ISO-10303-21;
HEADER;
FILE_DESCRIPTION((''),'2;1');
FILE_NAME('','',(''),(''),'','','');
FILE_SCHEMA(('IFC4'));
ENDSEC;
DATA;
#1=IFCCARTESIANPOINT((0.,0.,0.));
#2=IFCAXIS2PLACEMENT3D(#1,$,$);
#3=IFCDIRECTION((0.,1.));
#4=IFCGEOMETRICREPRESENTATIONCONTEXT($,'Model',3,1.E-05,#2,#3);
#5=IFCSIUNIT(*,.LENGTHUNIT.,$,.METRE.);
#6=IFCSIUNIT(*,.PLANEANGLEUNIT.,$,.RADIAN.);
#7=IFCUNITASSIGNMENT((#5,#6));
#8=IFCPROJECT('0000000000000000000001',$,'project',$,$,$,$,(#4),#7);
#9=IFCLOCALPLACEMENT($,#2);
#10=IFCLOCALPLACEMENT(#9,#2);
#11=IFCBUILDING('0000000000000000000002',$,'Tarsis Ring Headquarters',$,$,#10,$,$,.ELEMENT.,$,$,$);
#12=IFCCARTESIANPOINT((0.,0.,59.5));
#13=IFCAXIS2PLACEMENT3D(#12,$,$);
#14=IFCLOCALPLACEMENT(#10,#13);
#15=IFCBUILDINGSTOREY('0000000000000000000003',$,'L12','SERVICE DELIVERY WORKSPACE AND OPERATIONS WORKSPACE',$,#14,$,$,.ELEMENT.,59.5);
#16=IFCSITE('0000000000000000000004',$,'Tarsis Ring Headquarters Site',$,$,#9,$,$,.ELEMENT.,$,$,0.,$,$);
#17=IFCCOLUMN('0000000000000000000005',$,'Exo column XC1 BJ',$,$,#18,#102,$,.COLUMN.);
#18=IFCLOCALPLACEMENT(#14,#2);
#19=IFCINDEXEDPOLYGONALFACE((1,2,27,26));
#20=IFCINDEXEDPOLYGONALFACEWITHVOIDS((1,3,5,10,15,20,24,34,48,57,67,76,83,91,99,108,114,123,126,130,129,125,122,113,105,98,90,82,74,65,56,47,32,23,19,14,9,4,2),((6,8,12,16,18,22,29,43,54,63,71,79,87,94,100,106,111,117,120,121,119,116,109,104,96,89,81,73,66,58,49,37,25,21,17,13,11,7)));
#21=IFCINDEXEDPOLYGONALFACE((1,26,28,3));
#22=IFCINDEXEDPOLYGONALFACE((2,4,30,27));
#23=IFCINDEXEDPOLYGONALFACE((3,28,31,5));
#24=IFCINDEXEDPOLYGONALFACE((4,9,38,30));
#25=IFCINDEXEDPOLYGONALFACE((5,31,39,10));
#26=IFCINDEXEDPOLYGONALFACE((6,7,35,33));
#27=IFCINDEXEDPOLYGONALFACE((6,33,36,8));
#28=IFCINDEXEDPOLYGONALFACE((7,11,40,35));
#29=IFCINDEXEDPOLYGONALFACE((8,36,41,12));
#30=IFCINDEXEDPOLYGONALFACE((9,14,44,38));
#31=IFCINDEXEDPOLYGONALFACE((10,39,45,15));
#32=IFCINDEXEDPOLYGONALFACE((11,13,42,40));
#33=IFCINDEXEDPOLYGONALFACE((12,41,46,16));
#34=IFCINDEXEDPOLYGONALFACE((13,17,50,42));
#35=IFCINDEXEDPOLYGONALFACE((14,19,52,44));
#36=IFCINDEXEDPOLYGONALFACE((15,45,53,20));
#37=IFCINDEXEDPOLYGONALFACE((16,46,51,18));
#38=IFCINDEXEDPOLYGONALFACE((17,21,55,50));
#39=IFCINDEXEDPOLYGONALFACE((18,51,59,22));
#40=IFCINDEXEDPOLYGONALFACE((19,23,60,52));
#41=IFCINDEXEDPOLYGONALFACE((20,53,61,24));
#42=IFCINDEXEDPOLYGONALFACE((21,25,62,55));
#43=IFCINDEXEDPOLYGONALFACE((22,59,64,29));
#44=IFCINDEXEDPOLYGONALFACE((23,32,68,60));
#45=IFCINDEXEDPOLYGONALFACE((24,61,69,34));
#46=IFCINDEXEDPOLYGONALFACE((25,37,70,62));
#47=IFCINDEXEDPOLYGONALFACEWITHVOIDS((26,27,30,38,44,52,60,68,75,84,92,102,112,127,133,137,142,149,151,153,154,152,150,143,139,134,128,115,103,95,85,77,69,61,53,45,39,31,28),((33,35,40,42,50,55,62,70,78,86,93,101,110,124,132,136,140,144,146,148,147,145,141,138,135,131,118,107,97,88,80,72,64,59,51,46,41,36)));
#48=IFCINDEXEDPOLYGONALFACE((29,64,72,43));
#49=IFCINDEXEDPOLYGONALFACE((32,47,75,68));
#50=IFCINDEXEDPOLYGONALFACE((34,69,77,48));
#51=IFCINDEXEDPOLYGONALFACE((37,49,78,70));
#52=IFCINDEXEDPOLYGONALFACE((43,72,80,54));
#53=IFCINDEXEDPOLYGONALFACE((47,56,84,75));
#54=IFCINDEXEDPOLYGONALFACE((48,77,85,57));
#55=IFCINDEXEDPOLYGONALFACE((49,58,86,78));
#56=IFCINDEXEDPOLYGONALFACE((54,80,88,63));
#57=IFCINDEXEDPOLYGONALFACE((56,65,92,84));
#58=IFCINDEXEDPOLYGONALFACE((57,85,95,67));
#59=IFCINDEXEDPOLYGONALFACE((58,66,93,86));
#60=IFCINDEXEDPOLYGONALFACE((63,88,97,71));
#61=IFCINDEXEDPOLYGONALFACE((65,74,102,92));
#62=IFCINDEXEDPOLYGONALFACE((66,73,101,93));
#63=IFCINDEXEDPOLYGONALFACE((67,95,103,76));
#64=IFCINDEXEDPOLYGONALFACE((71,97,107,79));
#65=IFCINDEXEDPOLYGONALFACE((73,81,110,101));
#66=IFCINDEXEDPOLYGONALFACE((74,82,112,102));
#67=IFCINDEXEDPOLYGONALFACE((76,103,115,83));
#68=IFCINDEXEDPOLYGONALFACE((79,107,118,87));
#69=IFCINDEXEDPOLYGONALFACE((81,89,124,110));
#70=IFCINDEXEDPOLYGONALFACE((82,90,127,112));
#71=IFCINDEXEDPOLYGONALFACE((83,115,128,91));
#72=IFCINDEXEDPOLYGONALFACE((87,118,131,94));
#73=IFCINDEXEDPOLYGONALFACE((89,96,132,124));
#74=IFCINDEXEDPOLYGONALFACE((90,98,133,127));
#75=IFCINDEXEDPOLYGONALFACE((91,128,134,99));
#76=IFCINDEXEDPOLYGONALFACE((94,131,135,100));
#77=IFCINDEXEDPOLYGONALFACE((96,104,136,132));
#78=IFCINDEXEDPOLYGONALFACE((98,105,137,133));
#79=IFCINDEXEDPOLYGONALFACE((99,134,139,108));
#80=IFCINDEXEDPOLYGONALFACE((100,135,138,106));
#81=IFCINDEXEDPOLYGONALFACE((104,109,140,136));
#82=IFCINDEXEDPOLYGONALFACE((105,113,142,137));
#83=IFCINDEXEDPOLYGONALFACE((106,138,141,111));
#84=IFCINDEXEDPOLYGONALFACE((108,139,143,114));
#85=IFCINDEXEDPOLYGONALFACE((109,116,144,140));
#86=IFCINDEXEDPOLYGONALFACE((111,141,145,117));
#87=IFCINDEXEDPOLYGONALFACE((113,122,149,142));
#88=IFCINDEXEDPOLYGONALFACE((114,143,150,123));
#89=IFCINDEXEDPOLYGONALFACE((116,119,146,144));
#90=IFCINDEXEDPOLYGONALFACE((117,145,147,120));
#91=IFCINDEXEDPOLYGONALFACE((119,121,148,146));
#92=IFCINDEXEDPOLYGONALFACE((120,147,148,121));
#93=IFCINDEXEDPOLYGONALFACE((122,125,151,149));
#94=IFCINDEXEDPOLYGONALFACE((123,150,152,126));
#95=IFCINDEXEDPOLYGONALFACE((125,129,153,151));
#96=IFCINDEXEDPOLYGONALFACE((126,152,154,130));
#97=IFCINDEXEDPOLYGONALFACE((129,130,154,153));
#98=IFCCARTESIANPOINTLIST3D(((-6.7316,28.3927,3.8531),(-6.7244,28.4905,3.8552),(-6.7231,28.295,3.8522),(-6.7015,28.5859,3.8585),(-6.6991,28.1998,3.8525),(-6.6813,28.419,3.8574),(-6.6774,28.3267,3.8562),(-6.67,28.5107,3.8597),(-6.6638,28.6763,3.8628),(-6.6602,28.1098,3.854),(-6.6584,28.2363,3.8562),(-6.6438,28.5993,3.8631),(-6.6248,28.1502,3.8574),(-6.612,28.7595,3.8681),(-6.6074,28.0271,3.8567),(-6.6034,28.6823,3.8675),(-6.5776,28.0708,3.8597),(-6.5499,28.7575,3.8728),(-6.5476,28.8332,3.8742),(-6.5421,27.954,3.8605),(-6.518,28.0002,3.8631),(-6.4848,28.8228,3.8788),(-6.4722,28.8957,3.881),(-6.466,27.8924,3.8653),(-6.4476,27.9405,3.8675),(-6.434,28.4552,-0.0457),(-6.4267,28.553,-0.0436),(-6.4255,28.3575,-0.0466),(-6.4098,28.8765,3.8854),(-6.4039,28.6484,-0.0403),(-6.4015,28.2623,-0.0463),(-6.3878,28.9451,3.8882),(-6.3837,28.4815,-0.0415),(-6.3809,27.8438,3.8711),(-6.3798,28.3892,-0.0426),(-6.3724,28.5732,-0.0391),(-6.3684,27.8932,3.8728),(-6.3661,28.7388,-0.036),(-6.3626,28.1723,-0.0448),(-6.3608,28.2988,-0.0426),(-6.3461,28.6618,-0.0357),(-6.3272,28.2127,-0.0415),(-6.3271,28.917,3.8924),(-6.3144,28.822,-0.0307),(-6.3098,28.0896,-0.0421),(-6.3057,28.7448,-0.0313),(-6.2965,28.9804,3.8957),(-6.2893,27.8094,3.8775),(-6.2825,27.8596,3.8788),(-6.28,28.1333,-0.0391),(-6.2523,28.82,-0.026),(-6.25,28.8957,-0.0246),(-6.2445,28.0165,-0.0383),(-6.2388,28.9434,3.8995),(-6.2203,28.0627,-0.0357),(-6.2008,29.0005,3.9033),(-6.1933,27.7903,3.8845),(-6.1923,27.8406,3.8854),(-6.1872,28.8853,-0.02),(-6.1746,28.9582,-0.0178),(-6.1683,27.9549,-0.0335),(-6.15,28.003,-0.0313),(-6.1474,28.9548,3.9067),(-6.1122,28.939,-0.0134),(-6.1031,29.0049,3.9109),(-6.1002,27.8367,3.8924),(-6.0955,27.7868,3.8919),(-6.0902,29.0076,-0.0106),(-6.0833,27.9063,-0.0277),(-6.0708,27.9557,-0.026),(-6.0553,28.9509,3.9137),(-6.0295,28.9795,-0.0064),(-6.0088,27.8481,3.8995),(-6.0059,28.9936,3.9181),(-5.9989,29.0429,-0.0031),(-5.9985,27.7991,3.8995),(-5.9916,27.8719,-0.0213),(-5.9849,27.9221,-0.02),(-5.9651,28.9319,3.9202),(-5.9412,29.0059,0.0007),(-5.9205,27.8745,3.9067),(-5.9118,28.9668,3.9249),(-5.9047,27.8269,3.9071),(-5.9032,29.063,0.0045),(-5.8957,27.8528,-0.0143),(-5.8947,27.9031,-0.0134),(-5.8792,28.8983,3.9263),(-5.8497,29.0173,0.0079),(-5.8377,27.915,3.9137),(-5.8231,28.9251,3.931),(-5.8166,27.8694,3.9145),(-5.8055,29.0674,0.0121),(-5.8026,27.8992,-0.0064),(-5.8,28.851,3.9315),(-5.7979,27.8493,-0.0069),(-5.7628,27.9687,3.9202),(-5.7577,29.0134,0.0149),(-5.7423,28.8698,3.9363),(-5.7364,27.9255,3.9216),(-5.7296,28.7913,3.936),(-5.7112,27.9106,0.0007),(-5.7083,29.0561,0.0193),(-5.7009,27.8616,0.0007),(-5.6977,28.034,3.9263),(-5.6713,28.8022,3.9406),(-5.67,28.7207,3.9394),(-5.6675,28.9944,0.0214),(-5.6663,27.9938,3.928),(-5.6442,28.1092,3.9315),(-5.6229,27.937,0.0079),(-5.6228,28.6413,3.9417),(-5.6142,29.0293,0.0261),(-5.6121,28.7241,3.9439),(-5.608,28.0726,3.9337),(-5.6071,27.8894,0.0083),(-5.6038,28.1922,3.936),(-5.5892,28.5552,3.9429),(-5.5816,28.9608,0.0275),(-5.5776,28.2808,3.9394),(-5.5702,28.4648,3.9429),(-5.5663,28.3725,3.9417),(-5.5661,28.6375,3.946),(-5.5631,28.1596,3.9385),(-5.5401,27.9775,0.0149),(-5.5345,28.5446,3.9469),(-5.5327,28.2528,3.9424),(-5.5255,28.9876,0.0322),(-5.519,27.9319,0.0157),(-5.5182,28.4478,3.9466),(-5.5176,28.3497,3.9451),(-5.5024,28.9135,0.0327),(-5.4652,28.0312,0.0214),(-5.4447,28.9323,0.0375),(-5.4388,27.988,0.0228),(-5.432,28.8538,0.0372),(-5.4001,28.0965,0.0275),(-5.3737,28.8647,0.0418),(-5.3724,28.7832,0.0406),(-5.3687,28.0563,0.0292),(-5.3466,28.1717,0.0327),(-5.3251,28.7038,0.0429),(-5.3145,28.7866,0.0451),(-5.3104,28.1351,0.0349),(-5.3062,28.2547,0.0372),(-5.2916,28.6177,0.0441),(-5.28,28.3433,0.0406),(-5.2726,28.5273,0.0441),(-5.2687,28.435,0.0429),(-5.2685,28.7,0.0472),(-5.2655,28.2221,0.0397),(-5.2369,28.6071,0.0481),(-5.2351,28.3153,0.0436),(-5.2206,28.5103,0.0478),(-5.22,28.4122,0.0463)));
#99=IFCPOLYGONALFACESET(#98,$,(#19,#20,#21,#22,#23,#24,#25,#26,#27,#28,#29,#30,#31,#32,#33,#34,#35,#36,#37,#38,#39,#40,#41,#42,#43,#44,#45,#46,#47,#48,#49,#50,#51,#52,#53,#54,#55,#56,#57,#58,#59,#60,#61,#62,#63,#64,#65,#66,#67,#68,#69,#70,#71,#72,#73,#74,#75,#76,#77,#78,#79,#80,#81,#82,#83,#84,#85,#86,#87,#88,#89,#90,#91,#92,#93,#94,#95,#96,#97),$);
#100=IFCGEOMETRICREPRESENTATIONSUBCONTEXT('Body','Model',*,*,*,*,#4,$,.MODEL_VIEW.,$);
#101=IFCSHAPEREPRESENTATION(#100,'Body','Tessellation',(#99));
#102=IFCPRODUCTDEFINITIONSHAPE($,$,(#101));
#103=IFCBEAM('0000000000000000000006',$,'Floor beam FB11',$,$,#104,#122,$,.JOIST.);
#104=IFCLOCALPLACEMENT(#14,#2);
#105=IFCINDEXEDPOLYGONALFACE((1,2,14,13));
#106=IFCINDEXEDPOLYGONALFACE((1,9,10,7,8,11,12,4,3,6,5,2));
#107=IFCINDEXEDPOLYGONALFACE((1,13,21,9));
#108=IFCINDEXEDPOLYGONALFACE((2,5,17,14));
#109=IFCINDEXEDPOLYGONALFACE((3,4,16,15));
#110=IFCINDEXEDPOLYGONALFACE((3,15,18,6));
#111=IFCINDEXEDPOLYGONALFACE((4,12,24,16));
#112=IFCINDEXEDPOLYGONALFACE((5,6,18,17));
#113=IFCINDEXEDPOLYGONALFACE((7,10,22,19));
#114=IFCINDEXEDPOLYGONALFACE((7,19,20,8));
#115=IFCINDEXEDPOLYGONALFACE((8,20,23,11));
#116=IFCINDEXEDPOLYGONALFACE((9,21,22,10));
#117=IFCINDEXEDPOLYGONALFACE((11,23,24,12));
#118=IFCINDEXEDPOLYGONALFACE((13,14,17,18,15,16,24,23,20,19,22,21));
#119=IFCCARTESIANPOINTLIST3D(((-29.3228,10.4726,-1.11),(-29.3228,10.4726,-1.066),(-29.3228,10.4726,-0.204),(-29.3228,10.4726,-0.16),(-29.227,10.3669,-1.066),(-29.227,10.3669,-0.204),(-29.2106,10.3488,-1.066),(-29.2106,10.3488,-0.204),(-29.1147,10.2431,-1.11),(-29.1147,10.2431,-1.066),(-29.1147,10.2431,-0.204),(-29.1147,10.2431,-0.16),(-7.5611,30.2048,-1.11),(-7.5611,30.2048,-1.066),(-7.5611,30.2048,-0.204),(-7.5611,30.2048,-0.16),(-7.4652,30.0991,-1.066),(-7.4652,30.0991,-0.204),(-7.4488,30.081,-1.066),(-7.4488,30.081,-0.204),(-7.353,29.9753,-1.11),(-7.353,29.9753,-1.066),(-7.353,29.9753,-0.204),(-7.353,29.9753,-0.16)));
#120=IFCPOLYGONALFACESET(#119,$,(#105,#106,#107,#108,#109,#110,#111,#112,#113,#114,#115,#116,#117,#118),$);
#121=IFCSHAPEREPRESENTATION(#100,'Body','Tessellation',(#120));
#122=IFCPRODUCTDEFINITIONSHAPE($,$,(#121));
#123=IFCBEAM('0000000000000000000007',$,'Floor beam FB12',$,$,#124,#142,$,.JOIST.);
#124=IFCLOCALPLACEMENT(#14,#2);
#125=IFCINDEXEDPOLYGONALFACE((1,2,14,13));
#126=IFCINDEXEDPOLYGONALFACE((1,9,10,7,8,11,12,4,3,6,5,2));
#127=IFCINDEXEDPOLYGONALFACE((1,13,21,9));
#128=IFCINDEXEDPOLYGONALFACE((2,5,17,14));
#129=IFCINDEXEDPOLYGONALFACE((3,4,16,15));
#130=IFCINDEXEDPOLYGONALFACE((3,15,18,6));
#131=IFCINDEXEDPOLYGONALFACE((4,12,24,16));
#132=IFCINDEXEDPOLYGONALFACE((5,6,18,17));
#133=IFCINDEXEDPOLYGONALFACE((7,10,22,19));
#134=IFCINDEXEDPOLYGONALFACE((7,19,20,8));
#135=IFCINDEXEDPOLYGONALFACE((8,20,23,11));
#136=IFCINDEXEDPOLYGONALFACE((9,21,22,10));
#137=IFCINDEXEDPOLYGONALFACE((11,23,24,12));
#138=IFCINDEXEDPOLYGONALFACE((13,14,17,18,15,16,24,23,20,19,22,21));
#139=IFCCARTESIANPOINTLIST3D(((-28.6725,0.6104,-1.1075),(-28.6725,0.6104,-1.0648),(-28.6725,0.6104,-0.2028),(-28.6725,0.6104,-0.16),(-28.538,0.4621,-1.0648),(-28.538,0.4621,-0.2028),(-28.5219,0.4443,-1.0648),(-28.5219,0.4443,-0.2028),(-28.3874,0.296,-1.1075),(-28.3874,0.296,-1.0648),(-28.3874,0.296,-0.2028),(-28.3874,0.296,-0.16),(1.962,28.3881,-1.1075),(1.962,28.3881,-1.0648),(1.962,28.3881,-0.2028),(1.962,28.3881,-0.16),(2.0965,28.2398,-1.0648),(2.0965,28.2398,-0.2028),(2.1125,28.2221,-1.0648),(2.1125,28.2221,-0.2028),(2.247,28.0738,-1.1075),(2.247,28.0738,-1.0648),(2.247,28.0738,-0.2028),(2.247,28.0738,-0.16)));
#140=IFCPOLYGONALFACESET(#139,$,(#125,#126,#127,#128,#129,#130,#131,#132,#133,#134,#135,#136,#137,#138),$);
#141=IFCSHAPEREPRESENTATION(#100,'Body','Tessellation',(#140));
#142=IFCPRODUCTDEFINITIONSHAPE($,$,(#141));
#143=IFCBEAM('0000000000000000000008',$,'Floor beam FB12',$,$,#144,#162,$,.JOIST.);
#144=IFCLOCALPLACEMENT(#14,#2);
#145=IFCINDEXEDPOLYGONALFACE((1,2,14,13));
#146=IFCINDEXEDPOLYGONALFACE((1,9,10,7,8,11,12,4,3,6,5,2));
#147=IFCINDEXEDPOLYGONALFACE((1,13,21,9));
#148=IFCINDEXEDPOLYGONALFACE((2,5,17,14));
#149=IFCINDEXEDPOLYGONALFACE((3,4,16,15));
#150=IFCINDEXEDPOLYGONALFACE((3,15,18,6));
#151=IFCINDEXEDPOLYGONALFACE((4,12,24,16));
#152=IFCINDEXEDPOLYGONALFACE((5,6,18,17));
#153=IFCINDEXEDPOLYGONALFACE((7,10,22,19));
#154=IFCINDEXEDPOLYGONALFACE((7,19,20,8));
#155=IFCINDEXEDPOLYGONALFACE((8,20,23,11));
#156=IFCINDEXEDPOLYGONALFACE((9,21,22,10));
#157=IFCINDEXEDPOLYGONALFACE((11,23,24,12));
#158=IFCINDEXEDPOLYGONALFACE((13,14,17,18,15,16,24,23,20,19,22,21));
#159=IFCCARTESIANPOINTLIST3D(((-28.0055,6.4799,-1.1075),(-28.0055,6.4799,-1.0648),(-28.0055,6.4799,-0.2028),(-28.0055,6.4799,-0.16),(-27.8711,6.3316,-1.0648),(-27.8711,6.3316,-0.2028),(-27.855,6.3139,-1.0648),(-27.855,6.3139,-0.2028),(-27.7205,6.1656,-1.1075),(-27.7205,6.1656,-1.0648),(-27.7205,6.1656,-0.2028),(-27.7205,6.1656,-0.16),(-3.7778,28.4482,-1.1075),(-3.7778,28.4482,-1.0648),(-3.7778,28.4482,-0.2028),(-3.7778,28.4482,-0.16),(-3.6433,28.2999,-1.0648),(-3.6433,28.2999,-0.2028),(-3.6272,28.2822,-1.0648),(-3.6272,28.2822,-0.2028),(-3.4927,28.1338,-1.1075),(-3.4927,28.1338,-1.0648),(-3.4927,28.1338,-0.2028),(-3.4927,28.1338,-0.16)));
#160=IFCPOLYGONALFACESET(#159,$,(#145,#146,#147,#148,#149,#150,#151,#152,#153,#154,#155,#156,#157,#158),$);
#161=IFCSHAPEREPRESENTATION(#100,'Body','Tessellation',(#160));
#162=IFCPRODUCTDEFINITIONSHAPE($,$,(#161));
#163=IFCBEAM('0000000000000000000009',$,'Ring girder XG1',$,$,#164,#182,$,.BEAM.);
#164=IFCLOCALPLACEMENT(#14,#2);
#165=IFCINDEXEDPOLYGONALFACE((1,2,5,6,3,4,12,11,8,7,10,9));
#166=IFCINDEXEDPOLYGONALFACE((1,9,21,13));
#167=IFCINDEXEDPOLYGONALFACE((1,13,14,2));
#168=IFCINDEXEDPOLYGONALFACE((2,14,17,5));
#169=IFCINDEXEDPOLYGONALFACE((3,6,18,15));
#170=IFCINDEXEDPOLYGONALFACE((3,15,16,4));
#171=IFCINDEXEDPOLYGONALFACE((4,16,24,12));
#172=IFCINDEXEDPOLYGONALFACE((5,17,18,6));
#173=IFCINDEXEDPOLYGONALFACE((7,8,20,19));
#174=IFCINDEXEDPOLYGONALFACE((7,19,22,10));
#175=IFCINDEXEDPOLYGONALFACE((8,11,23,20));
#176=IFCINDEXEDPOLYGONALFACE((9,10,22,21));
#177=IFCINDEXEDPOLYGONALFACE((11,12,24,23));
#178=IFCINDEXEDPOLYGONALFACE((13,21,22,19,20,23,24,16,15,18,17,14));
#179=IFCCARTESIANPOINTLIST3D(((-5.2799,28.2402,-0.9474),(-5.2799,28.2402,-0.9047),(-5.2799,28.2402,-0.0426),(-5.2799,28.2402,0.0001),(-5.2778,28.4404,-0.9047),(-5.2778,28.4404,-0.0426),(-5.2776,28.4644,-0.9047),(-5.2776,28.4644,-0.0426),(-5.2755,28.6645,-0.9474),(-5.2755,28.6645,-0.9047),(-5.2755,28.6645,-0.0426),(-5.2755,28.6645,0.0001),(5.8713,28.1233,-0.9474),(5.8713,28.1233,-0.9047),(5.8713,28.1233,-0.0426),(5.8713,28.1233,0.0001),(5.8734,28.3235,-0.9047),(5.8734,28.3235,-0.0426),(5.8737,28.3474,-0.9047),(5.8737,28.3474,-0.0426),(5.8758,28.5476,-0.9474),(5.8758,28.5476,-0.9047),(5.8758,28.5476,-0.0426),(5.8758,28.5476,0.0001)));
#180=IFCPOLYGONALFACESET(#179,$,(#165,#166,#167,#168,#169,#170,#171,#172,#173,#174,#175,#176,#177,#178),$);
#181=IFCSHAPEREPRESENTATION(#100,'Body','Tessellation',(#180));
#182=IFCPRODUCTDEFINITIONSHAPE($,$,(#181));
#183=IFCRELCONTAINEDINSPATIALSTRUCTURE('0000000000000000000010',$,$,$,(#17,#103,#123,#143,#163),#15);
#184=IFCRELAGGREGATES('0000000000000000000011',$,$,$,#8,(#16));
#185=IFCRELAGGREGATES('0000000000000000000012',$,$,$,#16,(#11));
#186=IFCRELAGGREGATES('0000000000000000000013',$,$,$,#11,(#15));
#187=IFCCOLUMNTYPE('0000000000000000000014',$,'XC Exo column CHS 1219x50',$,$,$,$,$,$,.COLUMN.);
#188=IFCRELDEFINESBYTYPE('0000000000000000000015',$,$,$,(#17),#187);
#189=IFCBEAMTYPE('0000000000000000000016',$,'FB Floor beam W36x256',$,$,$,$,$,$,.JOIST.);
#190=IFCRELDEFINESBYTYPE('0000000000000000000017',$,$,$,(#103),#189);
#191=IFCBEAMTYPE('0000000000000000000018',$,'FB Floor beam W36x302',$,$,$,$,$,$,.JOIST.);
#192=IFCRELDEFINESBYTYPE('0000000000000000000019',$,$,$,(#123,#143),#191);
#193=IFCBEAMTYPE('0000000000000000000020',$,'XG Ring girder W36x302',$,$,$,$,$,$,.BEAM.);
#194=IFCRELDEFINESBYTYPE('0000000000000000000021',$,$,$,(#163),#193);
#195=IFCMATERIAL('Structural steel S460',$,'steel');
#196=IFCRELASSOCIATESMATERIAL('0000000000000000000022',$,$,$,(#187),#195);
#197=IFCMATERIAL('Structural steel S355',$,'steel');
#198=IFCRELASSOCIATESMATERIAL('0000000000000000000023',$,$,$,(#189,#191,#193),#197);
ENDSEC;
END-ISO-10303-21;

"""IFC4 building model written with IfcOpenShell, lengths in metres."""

from ifc_helpers import new_model, si_unit, direction, frame, origin, origin_2d, place, context, subcontext, project, spatial, hollow_circle, i_section, extrude, material, material_profile, profile_set, type_object, element, save


model = new_model("IFC4")

# Units and contexts
model_context = context("Model", 3, precision=1e-05, world=origin(), true_north=direction((0.0, 1.0)))
body_context = subcontext(model_context, "Body", "Model", "MODEL_VIEW")
ifc_project = project(units=[si_unit("LENGTHUNIT", "METRE"), si_unit("PLANEANGLEUNIT", "RADIAN")], contexts=[model_context])

# Site, building, storey
site_placement = place(None, origin())
site = spatial("IfcSite", under=ifc_project, at=site_placement, Name="Tarsis Ring Headquarters Site", CompositionType="ELEMENT", RefElevation=0.0)
building_placement = place(site_placement, origin())
building = spatial("IfcBuilding", under=site, at=building_placement, Name="Tarsis Ring Headquarters", CompositionType="ELEMENT")
storey_placement = place(building_placement, frame((0.0, 0.0, 59.5)))
storey = spatial("IfcBuildingStorey", under=building, at=storey_placement, Name="L12", Description="SERVICE DELIVERY WORKSPACE AND OPERATIONS WORKSPACE", CompositionType="ELEMENT", Elevation=59.5)

# Column
ifc_material_1 = material(Name="Structural steel S460", Category="steel")
ifc_material_profile_1 = material_profile(ifc_material_1, hollow_circle(Radius=0.6096, WallThickness=0.05, at=origin_2d()), Name="CHS 1219x50")
ifc_profile_set_1 = profile_set([ifc_material_profile_1], Name="Structural steel S460")
column_type = type_object("IfcColumnType", Name="XC Exo column CHS 1219x50", PredefinedType="COLUMN", material=ifc_profile_set_1)
column_placement = place(storey_placement, frame((-5.8262, 28.4583, 0.0007), z_axis=(-0.076104, -0.015983, 0.996972), x_axis=(0.205525, -0.978652, 0.0)))
element("IfcColumn", 1, at=column_placement, inside=storey, type_object=column_type, Name="Exo column XC1 BJ", PredefinedType="COLUMN", context=body_context, shape_type="SweptSolid", body=[
    extrude(hollow_circle(Radius=0.6096, WallThickness=0.05, at=origin_2d()), origin(), (0.0, 0.0, 1.0), 3.9106),
])

# Beams
ifc_material_2 = material(Name="Structural steel S355", Category="steel")
ifc_material_profile_2 = material_profile(ifc_material_2, i_section(OverallWidth=0.3098, OverallDepth=0.95, WebThickness=0.0244, FlangeThickness=0.0439, at=origin_2d()), Name="W36x256")
ifc_profile_set_2 = profile_set([ifc_material_profile_2], Name="Structural steel S355")
beam_type_1 = type_object("IfcBeamType", Name="FB Floor beam W36x256", PredefinedType="JOIST", material=ifc_profile_set_2)
beam_1_placement = place(storey_placement, frame((-7.457, 30.0901, -0.635), z_axis=(-0.740807, -0.671718, 0.0), x_axis=(0.671718, -0.740807, 0.0)))
element("IfcBeam", 2, at=beam_1_placement, inside=storey, type_object=beam_type_1, Name="Floor beam FB11", PredefinedType="JOIST", context=body_context, shape_type="SweptSolid", body=[
    extrude(i_section(OverallWidth=0.3098, OverallDepth=0.95, WebThickness=0.0244, FlangeThickness=0.0439, at=origin_2d()), origin(), (0.0, 0.0, 1.0), 29.3757),
])
ifc_material_profile_3 = material_profile(ifc_material_2, i_section(OverallWidth=0.4243, OverallDepth=0.9475, WebThickness=0.0239, FlangeThickness=0.0427, at=origin_2d()), Name="W36x302")
ifc_profile_set_3 = profile_set([ifc_material_profile_3], Name="Structural steel S355")
beam_type_2 = type_object("IfcBeamType", Name="FB Floor beam W36x302", PredefinedType="JOIST", material=ifc_profile_set_3)
beam_2_placement = place(storey_placement, frame((2.1045, 28.231, -0.6338), z_axis=(-0.740803, -0.671723, 0.0), x_axis=(0.671723, -0.740803, 0.0)))
element("IfcBeam", 3, at=beam_2_placement, inside=storey, type_object=beam_type_2, Name="Floor beam FB12", PredefinedType="JOIST", context=body_context, shape_type="SweptSolid", body=[
    extrude(i_section(OverallWidth=0.4243, OverallDepth=0.9475, WebThickness=0.0239, FlangeThickness=0.0427, at=origin_2d()), origin(), (0.0, 0.0, 1.0), 41.353),
])
beam_3_placement = place(storey_placement, frame((-3.6353, 28.291, -0.6338), z_axis=(-0.740807, -0.671718, 0.0), x_axis=(0.671718, -0.740807, 0.0)))
element("IfcBeam", 4, at=beam_3_placement, inside=storey, type_object=beam_type_2, Name="Floor beam FB12", PredefinedType="JOIST", context=body_context, shape_type="SweptSolid", body=[
    extrude(i_section(OverallWidth=0.4243, OverallDepth=0.9475, WebThickness=0.0239, FlangeThickness=0.0427, at=origin_2d()), origin(), (0.0, 0.0, 1.0), 32.7046),
])
beam_type_3 = type_object("IfcBeamType", Name="XG Ring girder W36x302", PredefinedType="BEAM", material=ifc_profile_set_3)
beam_4_placement = place(storey_placement, frame((5.8735, 28.3354, -0.4736), z_axis=(-0.999945, 0.010487, 0.0), x_axis=(-0.010487, -0.999945, 0.0)))
element("IfcBeam", 5, at=beam_4_placement, inside=storey, type_object=beam_type_3, Name="Ring girder XG1", PredefinedType="BEAM", context=body_context, shape_type="SweptSolid", body=[
    extrude(i_section(OverallWidth=0.4243, OverallDepth=0.9475, WebThickness=0.0239, FlangeThickness=0.0427, at=origin_2d()), origin(), (0.0, 0.0, 1.0), 11.1519),
])

save(model, "model.ifc")
